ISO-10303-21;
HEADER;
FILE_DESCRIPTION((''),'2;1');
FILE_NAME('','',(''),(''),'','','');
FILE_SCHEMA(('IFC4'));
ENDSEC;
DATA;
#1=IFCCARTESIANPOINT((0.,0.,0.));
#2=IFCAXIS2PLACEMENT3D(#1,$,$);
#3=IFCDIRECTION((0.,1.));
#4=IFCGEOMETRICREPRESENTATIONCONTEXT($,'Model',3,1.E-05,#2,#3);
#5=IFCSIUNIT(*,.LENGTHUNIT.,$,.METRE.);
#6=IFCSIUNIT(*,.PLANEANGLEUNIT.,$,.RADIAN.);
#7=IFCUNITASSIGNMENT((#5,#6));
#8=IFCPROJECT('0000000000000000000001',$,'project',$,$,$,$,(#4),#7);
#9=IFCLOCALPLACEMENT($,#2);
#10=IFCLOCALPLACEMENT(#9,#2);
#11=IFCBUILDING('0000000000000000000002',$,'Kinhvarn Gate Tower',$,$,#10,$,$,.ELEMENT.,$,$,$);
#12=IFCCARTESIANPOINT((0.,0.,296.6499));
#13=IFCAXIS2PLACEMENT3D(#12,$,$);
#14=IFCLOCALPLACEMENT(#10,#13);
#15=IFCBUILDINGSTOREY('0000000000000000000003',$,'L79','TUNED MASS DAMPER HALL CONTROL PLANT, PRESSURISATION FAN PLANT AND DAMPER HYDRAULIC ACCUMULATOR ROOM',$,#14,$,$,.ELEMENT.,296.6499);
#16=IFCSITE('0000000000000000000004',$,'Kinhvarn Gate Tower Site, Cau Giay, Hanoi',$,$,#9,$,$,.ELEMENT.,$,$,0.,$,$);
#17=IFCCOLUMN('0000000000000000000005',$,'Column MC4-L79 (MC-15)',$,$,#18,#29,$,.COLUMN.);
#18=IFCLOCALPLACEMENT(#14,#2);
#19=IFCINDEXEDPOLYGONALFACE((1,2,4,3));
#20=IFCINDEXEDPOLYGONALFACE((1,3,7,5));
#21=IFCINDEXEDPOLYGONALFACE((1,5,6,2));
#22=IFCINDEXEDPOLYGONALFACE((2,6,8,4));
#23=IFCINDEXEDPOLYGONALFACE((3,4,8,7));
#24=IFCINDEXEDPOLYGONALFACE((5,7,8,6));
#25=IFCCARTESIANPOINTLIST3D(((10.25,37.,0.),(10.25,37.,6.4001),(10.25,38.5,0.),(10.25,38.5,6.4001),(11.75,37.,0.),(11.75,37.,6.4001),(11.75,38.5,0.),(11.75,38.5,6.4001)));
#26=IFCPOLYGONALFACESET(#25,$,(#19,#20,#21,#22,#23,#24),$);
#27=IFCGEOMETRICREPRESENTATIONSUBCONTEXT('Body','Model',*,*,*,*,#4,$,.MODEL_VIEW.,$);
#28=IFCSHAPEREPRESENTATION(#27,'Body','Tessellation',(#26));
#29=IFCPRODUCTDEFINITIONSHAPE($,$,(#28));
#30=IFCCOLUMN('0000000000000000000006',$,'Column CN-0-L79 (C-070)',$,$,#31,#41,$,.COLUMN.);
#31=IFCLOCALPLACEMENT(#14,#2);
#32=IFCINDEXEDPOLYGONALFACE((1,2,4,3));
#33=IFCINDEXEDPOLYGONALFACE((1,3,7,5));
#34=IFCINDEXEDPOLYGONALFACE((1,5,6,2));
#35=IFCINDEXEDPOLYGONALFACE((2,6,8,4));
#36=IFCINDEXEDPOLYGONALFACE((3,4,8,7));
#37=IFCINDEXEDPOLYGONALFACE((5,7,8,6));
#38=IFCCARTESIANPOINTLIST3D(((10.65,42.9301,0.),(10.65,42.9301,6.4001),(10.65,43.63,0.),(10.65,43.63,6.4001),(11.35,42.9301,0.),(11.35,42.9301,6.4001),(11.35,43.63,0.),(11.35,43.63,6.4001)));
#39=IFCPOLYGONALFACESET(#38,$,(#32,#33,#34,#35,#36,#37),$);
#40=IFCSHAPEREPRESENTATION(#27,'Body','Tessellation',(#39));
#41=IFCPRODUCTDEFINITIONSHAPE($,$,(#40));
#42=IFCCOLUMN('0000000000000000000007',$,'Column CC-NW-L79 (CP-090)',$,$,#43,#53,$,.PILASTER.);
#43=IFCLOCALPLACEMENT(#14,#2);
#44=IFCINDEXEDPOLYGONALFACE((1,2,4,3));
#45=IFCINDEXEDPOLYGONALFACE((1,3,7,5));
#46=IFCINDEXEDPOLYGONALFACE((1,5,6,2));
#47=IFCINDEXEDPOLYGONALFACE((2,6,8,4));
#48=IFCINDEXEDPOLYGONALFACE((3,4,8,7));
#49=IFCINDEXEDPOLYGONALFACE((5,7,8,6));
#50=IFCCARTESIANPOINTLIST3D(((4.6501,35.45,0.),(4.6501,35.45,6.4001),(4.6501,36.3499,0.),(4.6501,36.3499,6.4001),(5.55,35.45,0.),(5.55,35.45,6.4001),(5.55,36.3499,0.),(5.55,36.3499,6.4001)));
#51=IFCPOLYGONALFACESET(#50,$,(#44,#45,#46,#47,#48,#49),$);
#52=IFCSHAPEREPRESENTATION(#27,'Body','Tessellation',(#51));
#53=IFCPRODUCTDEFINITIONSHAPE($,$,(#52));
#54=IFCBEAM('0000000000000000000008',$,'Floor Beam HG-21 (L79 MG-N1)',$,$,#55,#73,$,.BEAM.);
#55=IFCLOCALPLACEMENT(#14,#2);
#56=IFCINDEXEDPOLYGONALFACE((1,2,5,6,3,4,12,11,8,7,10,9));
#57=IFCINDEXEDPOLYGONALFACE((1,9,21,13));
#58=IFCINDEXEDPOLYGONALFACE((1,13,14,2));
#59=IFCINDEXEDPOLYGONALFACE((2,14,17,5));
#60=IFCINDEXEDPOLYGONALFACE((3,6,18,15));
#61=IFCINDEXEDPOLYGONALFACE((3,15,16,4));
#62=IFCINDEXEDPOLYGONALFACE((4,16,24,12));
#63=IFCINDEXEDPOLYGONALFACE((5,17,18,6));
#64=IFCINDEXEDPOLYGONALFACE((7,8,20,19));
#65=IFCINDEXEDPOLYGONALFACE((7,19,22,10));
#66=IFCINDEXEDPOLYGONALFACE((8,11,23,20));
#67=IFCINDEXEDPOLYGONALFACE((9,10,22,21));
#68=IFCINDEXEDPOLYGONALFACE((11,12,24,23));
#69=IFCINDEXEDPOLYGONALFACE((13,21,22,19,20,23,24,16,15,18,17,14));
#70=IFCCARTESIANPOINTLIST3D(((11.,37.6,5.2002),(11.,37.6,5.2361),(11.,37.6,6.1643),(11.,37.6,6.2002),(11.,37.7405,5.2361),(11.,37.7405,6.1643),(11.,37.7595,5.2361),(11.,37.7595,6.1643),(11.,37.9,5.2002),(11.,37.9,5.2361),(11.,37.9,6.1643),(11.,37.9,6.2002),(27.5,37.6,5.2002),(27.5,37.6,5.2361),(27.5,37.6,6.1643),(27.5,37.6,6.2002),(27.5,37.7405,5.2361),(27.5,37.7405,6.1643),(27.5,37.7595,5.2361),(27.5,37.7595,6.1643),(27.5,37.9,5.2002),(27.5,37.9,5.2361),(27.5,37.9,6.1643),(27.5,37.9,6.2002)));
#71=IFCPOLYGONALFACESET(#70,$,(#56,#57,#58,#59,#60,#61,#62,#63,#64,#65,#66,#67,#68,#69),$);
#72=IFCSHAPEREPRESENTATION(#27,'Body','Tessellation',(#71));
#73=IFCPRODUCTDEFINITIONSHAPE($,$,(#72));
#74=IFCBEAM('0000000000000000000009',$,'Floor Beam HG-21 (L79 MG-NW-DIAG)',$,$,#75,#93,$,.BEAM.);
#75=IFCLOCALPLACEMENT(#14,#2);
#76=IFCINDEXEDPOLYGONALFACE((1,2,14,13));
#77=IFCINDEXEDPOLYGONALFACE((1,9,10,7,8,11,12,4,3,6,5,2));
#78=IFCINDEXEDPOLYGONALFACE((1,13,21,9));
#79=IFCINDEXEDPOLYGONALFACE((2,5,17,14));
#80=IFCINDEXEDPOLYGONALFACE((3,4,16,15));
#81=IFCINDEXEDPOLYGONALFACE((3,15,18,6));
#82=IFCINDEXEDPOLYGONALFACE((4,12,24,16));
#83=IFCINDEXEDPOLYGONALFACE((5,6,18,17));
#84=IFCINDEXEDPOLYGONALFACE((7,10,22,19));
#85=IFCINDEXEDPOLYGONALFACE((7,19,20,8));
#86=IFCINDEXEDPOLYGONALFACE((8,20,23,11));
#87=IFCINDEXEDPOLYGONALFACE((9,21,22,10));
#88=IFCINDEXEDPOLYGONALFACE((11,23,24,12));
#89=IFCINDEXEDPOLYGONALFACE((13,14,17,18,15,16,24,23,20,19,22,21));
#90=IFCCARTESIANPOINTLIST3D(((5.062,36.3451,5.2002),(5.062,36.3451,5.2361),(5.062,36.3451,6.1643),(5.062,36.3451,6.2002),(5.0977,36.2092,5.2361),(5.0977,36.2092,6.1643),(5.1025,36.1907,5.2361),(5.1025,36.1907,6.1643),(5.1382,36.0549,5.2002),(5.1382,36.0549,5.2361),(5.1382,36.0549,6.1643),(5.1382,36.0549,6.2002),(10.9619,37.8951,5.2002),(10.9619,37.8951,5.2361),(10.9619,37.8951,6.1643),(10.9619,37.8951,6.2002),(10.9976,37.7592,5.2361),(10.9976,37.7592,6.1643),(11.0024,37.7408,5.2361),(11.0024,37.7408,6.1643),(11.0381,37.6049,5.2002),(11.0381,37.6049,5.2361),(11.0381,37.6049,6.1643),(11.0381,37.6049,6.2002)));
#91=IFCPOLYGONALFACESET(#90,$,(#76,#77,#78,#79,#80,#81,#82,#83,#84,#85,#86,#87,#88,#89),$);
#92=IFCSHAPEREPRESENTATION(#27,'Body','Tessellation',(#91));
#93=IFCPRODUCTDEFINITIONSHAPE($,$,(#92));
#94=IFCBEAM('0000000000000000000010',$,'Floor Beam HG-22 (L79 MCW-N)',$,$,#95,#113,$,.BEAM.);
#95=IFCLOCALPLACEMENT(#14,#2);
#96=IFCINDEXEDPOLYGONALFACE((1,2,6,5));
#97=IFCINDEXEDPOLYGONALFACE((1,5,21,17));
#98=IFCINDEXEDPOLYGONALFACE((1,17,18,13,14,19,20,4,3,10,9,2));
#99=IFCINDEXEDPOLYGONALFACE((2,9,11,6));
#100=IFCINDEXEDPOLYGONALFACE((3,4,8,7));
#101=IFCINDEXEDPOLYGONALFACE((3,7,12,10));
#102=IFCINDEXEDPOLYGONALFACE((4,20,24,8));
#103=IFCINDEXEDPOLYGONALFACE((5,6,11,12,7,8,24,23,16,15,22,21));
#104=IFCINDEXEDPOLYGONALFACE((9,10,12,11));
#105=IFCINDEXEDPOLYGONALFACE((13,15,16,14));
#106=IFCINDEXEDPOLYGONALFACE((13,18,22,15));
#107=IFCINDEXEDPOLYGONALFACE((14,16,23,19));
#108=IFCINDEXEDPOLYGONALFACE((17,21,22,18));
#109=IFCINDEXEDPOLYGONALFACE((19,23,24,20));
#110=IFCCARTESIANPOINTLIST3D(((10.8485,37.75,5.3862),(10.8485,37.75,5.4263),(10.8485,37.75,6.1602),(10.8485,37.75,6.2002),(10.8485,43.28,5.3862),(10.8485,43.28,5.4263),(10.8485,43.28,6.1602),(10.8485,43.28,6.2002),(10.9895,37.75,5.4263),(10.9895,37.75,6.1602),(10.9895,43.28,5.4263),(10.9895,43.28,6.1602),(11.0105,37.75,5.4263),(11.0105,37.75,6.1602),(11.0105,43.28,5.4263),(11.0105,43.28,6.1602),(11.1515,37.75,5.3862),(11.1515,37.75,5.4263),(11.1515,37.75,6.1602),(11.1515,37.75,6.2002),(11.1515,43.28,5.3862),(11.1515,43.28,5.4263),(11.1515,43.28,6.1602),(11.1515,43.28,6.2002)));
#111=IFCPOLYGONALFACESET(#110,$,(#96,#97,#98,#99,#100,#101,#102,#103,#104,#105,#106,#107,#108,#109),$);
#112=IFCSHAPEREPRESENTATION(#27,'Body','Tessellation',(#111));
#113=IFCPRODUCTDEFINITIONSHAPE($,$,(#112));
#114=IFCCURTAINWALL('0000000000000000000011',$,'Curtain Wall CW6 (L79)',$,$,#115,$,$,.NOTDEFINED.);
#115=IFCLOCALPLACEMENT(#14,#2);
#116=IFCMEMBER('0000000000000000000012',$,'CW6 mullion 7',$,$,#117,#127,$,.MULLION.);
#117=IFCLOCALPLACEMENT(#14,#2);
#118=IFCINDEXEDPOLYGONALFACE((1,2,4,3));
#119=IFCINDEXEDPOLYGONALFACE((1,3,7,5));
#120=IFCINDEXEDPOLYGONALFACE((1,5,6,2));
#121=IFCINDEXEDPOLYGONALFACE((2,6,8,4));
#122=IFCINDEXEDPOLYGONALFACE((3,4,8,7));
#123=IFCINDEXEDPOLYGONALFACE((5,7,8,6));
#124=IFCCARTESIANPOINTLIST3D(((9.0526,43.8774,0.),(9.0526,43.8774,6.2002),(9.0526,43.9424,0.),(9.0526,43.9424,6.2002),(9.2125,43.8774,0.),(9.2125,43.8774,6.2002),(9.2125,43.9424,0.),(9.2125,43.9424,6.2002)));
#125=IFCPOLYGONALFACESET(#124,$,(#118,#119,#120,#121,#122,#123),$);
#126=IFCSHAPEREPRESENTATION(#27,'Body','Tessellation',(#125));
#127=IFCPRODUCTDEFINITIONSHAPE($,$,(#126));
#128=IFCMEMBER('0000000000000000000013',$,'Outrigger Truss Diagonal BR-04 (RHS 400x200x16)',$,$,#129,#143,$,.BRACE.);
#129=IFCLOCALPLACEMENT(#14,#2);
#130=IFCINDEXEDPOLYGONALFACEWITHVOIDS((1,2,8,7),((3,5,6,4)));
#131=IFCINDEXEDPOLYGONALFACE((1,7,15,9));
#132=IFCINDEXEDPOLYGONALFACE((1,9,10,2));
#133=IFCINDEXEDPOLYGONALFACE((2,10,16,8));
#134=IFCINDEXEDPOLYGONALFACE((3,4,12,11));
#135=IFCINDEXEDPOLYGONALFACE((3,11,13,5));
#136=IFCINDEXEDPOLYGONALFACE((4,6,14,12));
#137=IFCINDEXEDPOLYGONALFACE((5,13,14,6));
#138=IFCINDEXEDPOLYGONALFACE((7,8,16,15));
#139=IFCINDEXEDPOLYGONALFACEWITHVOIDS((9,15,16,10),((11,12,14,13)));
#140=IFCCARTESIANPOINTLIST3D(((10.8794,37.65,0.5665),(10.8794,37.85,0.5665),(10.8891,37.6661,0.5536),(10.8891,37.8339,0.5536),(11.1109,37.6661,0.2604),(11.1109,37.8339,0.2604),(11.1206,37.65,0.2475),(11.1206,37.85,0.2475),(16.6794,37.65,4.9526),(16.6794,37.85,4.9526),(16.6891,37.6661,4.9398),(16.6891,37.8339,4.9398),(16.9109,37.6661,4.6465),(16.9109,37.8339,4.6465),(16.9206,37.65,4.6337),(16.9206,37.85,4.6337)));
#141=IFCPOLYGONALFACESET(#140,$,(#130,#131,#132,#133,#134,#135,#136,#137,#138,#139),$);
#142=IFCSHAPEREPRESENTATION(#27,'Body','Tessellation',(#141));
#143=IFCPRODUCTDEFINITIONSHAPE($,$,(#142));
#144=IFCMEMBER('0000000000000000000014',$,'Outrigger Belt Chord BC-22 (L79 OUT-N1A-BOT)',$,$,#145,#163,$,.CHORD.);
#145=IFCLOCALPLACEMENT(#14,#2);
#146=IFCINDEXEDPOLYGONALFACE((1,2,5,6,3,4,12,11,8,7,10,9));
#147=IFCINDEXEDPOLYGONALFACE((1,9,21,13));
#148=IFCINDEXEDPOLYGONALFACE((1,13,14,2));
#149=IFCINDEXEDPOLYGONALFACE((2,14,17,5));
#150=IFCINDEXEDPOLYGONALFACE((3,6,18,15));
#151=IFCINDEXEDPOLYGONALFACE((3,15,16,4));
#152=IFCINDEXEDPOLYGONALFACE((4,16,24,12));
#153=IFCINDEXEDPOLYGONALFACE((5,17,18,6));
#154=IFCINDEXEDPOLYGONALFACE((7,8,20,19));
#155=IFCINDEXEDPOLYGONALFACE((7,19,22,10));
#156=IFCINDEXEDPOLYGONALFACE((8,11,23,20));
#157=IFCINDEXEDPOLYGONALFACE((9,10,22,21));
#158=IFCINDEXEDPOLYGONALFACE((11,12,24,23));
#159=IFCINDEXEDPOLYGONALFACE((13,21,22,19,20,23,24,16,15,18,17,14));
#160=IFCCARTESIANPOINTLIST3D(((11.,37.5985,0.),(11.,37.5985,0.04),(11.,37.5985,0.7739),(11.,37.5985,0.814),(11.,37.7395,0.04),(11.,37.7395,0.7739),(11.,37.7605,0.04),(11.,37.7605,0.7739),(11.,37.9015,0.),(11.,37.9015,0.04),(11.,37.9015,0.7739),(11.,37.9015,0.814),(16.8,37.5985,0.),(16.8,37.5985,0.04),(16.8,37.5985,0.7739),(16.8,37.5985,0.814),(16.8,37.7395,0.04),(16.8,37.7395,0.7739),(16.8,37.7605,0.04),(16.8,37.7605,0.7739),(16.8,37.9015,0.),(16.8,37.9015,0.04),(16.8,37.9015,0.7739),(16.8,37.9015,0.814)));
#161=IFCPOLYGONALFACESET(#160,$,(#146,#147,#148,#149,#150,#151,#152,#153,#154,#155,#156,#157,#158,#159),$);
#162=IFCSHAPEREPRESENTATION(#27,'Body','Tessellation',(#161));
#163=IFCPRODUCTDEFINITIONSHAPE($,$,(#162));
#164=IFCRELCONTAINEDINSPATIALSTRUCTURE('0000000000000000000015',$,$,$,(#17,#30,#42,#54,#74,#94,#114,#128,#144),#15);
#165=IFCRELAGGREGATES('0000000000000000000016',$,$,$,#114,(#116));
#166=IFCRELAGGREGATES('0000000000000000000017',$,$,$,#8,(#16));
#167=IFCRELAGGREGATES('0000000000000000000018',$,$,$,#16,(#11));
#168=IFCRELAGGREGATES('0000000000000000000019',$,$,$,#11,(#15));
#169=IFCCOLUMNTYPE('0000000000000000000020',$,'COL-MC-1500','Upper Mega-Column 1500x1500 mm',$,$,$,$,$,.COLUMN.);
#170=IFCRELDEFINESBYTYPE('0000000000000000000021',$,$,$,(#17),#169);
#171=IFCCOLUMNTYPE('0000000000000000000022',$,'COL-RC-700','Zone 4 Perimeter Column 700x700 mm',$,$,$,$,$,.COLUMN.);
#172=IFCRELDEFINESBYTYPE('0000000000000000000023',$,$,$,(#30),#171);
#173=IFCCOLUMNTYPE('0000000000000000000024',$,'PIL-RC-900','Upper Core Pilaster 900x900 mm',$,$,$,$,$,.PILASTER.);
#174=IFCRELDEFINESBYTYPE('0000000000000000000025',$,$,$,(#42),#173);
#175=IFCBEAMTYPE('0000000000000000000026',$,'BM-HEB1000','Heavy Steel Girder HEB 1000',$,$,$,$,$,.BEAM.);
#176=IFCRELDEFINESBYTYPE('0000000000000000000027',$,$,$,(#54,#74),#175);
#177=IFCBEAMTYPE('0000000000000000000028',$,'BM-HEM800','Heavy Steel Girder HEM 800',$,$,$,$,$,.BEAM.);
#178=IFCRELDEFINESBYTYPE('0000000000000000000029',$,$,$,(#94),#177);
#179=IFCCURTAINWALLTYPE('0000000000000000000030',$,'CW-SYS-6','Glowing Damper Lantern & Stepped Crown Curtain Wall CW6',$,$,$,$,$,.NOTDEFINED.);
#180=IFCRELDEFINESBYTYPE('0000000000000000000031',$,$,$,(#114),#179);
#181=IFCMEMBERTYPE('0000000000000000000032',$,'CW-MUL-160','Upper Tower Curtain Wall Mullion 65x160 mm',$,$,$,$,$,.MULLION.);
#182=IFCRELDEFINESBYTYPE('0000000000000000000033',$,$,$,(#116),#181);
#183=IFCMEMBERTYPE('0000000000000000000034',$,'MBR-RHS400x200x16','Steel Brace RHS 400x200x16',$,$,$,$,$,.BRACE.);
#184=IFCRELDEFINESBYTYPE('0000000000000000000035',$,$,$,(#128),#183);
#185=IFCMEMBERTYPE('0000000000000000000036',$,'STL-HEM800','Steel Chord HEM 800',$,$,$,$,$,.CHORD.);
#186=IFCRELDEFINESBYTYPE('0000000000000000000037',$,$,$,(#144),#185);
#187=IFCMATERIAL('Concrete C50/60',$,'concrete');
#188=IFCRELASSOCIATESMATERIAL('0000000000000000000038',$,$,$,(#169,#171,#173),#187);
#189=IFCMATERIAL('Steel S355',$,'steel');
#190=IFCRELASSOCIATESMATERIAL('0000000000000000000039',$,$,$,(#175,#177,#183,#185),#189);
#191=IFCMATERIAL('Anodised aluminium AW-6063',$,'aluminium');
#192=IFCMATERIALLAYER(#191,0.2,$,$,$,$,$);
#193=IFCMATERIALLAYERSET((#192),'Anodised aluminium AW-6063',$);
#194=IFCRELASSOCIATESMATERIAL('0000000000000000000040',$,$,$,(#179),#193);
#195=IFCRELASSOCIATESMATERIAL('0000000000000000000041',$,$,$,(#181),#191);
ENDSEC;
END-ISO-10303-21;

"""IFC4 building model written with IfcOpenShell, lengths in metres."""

from ifc_helpers import new_model, si_unit, direction, frame, origin, origin_2d, place, context, subcontext, project, spatial, rectangle, hollow_rectangle, i_section, extrude, material, layer, layer_set, material_profile, profile_set, type_object, element, aggregate, save


model = new_model("IFC4")

# Units and contexts
model_context = context("Model", 3, precision=1e-05, world=origin(), true_north=direction((0.0, 1.0)))
body_context = subcontext(model_context, "Body", "Model", "MODEL_VIEW")
ifc_project = project(units=[si_unit("LENGTHUNIT", "METRE"), si_unit("PLANEANGLEUNIT", "RADIAN")], contexts=[model_context])

# Site, building, storey
site_placement = place(None, origin())
site = spatial("IfcSite", under=ifc_project, at=site_placement, Name="Kinhvarn Gate Tower Site, Cau Giay, Hanoi", CompositionType="ELEMENT", RefElevation=0.0)
building_placement = place(site_placement, origin())
building = spatial("IfcBuilding", under=site, at=building_placement, Name="Kinhvarn Gate Tower", CompositionType="ELEMENT")
storey_placement = place(building_placement, frame((0.0, 0.0, 296.6499)))
storey = spatial("IfcBuildingStorey", under=building, at=storey_placement, Name="L79", Description="TUNED MASS DAMPER HALL CONTROL PLANT, PRESSURISATION FAN PLANT AND DAMPER HYDRAULIC ACCUMULATOR ROOM", CompositionType="ELEMENT", Elevation=296.6499)

# Columns
ifc_material_1 = material(Name="Concrete C50/60", Category="concrete")
ifc_material_profile_1 = material_profile(ifc_material_1, rectangle(XDim=1.5, YDim=1.5, at=origin_2d()), Name="RC 1500x1500")
ifc_profile_set_1 = profile_set([ifc_material_profile_1], Name="Concrete C50/60")
column_type_1 = type_object("IfcColumnType", Name="COL-MC-1500", Description="Upper Mega-Column 1500x1500 mm", PredefinedType="COLUMN", material=ifc_profile_set_1)
column_1_placement = place(storey_placement, frame((11.0, 37.75, 0.0), z_axis=(0.0, 0.0, 1.0), x_axis=(1.0, 0.0, 0.0)))
element("IfcColumn", 1, at=column_1_placement, inside=storey, type_object=column_type_1, Name="Column MC4-L79 (MC-15)", PredefinedType="COLUMN", context=body_context, shape_type="SweptSolid", body=[
    extrude(rectangle(XDim=1.5, YDim=1.5, at=origin_2d()), origin(), (0.0, 0.0, 1.0), 6.4001),
])
ifc_material_profile_2 = material_profile(ifc_material_1, rectangle(XDim=0.7, YDim=0.7, at=origin_2d()), Name="RC 700x700")
ifc_profile_set_2 = profile_set([ifc_material_profile_2], Name="Concrete C50/60")
column_type_2 = type_object("IfcColumnType", Name="COL-RC-700", Description="Zone 4 Perimeter Column 700x700 mm", PredefinedType="COLUMN", material=ifc_profile_set_2)
column_2_placement = place(storey_placement, frame((11.0, 43.28, 0.0), z_axis=(0.0, 0.0, 1.0), x_axis=(1.0, 0.0, 0.0)))
element("IfcColumn", 2, at=column_2_placement, inside=storey, type_object=column_type_2, Name="Column CN-0-L79 (C-070)", PredefinedType="COLUMN", context=body_context, shape_type="SweptSolid", body=[
    extrude(rectangle(XDim=0.7, YDim=0.7, at=origin_2d()), origin(), (0.0, 0.0, 1.0), 6.4001),
])
ifc_material_profile_3 = material_profile(ifc_material_1, rectangle(XDim=0.8999, YDim=0.8999, at=origin_2d()), Name="RC 900x900")
ifc_profile_set_3 = profile_set([ifc_material_profile_3], Name="Concrete C50/60")
column_type_3 = type_object("IfcColumnType", Name="PIL-RC-900", Description="Upper Core Pilaster 900x900 mm", PredefinedType="PILASTER", material=ifc_profile_set_3)
column_3_placement = place(storey_placement, frame((5.1001, 35.8999, 0.0), z_axis=(0.0, 0.0, 1.0), x_axis=(1.0, 0.0, 0.0)))
element("IfcColumn", 3, at=column_3_placement, inside=storey, type_object=column_type_3, Name="Column CC-NW-L79 (CP-090)", PredefinedType="PILASTER", context=body_context, shape_type="SweptSolid", body=[
    extrude(rectangle(XDim=0.8999, YDim=0.8999, at=origin_2d()), origin(), (0.0, 0.0, 1.0), 6.4001),
])

# Beams
ifc_material_2 = material(Name="Steel S355", Category="steel")
ifc_material_profile_4 = material_profile(ifc_material_2, i_section(OverallWidth=0.3, OverallDepth=1.0, WebThickness=0.019, FlangeThickness=0.0359, at=origin_2d()), Name="HEB 1000")
ifc_profile_set_4 = profile_set([ifc_material_profile_4], Name="Steel S355")
beam_type_1 = type_object("IfcBeamType", Name="BM-HEB1000", Description="Heavy Steel Girder HEB 1000", PredefinedType="BEAM", material=ifc_profile_set_4)
beam_1_placement = place(storey_placement, frame((11.0, 37.75, 5.7002), z_axis=(1.0, 0.0, 0.0), x_axis=(0.0, 1.0, 0.0)))
element("IfcBeam", 4, at=beam_1_placement, inside=storey, type_object=beam_type_1, Name="Floor Beam HG-21 (L79 MG-N1)", PredefinedType="BEAM", context=body_context, shape_type="SweptSolid", body=[
    extrude(i_section(OverallWidth=0.3, OverallDepth=1.0, WebThickness=0.019, FlangeThickness=0.0359, at=origin_2d()), origin(), (0.0, 0.0, 1.0), 16.5),
])
beam_2_placement = place(storey_placement, frame((5.1001, 36.2, 5.7002), z_axis=(0.967178, 0.254101, 0.0), x_axis=(-0.254101, 0.967178, 0.0)))
element("IfcBeam", 5, at=beam_2_placement, inside=storey, type_object=beam_type_1, Name="Floor Beam HG-21 (L79 MG-NW-DIAG)", PredefinedType="BEAM", context=body_context, shape_type="SweptSolid", body=[
    extrude(i_section(OverallWidth=0.3, OverallDepth=1.0, WebThickness=0.019, FlangeThickness=0.0359, at=origin_2d()), origin(), (0.0, 0.0, 1.0), 6.1001),
])
ifc_material_profile_5 = material_profile(ifc_material_2, i_section(OverallWidth=0.303, OverallDepth=0.814, WebThickness=0.021, FlangeThickness=0.04, at=origin_2d()), Name="HEM 800")
ifc_profile_set_5 = profile_set([ifc_material_profile_5], Name="Steel S355")
beam_type_2 = type_object("IfcBeamType", Name="BM-HEM800", Description="Heavy Steel Girder HEM 800", PredefinedType="BEAM", material=ifc_profile_set_5)
beam_3_placement = place(storey_placement, frame((11.0, 37.75, 5.7932), z_axis=(0.0, 1.0, 0.0), x_axis=(-1.0, 0.0, 0.0)))
element("IfcBeam", 6, at=beam_3_placement, inside=storey, type_object=beam_type_2, Name="Floor Beam HG-22 (L79 MCW-N)", PredefinedType="BEAM", context=body_context, shape_type="SweptSolid", body=[
    extrude(i_section(OverallWidth=0.303, OverallDepth=0.814, WebThickness=0.021, FlangeThickness=0.04, at=origin_2d()), origin(), (0.0, 0.0, 1.0), 5.53),
])

# Curtain wall, member
ifc_material_3 = material(Name="Anodised aluminium AW-6063", Category="aluminium")
ifc_layer_1 = layer(ifc_material_3, 0.2)
ifc_layer_set_1 = layer_set([ifc_layer_1], Name="Anodised aluminium AW-6063")
curtain_wall_type = type_object("IfcCurtainWallType", Name="CW-SYS-6", Description="Glowing Damper Lantern & Stepped Crown Curtain Wall CW6", PredefinedType="NOTDEFINED", material=ifc_layer_set_1)
curtain_wall_placement = place(storey_placement, origin())
curtain_wall = element("IfcCurtainWall", 7, at=curtain_wall_placement, inside=storey, type_object=curtain_wall_type, Name="Curtain Wall CW6 (L79)", PredefinedType="NOTDEFINED")
ifc_material_profile_6 = material_profile(ifc_material_3, rectangle(XDim=0.0649, YDim=0.1599, at=origin_2d()), Name="ALU 65x160")
ifc_profile_set_6 = profile_set([ifc_material_profile_6], Name="Anodised aluminium AW-6063")
member_type_1 = type_object("IfcMemberType", Name="CW-MUL-160", Description="Upper Tower Curtain Wall Mullion 65x160 mm", PredefinedType="MULLION", material=ifc_profile_set_6)
member_1_placement = place(storey_placement, frame((9.1326, 43.9099, 0.0), z_axis=(0.0, 0.0, 1.0), x_axis=(0.0, -1.0, 0.0)))
member_1 = element("IfcMember", 8, at=member_1_placement, type_object=member_type_1, Name="CW6 mullion 7", PredefinedType="MULLION", context=body_context, shape_type="SweptSolid", body=[
    extrude(rectangle(XDim=0.0649, YDim=0.1599, at=origin_2d()), origin(), (0.0, 0.0, 1.0), 6.2002),
])

# Members
ifc_material_profile_7 = material_profile(ifc_material_2, hollow_rectangle(XDim=0.2, YDim=0.3999, WallThickness=0.0161, at=origin_2d()), Name="RHS 400x200x16")
ifc_profile_set_7 = profile_set([ifc_material_profile_7], Name="Steel S355")
member_type_2 = type_object("IfcMemberType", Name="MBR-RHS400x200x16", Description="Steel Brace RHS 400x200x16", PredefinedType="BRACE", material=ifc_profile_set_7)
member_2_placement = place(storey_placement, frame((11.0, 37.75, 0.407), z_axis=(0.797605, 0.0, 0.603181), x_axis=(0.0, 1.0, 0.0)))
element("IfcMember", 9, at=member_2_placement, inside=storey, type_object=member_type_2, Name="Outrigger Truss Diagonal BR-04 (RHS 400x200x16)", PredefinedType="BRACE", context=body_context, shape_type="SweptSolid", body=[
    extrude(hollow_rectangle(XDim=0.2, YDim=0.3999, WallThickness=0.0161, at=origin_2d()), origin(), (0.0, 0.0, 1.0), 7.2717),
])
ifc_material_profile_8 = material_profile(ifc_material_2, i_section(OverallWidth=0.303, OverallDepth=0.814, WebThickness=0.021, FlangeThickness=0.04, at=origin_2d()), Name="HEM 800")
ifc_profile_set_8 = profile_set([ifc_material_profile_8], Name="Steel S355")
member_type_3 = type_object("IfcMemberType", Name="STL-HEM800", Description="Steel Chord HEM 800", PredefinedType="CHORD", material=ifc_profile_set_8)
member_3_placement = place(storey_placement, frame((11.0, 37.75, 0.407), z_axis=(1.0, 0.0, 0.0), x_axis=(0.0, 1.0, 0.0)))
element("IfcMember", 10, at=member_3_placement, inside=storey, type_object=member_type_3, Name="Outrigger Belt Chord BC-22 (L79 OUT-N1A-BOT)", PredefinedType="CHORD", context=body_context, shape_type="SweptSolid", body=[
    extrude(i_section(OverallWidth=0.303, OverallDepth=0.814, WebThickness=0.021, FlangeThickness=0.04, at=origin_2d()), origin(), (0.0, 0.0, 1.0), 5.8),
])

aggregate(curtain_wall, [member_1])

save(model, "model.ifc")
